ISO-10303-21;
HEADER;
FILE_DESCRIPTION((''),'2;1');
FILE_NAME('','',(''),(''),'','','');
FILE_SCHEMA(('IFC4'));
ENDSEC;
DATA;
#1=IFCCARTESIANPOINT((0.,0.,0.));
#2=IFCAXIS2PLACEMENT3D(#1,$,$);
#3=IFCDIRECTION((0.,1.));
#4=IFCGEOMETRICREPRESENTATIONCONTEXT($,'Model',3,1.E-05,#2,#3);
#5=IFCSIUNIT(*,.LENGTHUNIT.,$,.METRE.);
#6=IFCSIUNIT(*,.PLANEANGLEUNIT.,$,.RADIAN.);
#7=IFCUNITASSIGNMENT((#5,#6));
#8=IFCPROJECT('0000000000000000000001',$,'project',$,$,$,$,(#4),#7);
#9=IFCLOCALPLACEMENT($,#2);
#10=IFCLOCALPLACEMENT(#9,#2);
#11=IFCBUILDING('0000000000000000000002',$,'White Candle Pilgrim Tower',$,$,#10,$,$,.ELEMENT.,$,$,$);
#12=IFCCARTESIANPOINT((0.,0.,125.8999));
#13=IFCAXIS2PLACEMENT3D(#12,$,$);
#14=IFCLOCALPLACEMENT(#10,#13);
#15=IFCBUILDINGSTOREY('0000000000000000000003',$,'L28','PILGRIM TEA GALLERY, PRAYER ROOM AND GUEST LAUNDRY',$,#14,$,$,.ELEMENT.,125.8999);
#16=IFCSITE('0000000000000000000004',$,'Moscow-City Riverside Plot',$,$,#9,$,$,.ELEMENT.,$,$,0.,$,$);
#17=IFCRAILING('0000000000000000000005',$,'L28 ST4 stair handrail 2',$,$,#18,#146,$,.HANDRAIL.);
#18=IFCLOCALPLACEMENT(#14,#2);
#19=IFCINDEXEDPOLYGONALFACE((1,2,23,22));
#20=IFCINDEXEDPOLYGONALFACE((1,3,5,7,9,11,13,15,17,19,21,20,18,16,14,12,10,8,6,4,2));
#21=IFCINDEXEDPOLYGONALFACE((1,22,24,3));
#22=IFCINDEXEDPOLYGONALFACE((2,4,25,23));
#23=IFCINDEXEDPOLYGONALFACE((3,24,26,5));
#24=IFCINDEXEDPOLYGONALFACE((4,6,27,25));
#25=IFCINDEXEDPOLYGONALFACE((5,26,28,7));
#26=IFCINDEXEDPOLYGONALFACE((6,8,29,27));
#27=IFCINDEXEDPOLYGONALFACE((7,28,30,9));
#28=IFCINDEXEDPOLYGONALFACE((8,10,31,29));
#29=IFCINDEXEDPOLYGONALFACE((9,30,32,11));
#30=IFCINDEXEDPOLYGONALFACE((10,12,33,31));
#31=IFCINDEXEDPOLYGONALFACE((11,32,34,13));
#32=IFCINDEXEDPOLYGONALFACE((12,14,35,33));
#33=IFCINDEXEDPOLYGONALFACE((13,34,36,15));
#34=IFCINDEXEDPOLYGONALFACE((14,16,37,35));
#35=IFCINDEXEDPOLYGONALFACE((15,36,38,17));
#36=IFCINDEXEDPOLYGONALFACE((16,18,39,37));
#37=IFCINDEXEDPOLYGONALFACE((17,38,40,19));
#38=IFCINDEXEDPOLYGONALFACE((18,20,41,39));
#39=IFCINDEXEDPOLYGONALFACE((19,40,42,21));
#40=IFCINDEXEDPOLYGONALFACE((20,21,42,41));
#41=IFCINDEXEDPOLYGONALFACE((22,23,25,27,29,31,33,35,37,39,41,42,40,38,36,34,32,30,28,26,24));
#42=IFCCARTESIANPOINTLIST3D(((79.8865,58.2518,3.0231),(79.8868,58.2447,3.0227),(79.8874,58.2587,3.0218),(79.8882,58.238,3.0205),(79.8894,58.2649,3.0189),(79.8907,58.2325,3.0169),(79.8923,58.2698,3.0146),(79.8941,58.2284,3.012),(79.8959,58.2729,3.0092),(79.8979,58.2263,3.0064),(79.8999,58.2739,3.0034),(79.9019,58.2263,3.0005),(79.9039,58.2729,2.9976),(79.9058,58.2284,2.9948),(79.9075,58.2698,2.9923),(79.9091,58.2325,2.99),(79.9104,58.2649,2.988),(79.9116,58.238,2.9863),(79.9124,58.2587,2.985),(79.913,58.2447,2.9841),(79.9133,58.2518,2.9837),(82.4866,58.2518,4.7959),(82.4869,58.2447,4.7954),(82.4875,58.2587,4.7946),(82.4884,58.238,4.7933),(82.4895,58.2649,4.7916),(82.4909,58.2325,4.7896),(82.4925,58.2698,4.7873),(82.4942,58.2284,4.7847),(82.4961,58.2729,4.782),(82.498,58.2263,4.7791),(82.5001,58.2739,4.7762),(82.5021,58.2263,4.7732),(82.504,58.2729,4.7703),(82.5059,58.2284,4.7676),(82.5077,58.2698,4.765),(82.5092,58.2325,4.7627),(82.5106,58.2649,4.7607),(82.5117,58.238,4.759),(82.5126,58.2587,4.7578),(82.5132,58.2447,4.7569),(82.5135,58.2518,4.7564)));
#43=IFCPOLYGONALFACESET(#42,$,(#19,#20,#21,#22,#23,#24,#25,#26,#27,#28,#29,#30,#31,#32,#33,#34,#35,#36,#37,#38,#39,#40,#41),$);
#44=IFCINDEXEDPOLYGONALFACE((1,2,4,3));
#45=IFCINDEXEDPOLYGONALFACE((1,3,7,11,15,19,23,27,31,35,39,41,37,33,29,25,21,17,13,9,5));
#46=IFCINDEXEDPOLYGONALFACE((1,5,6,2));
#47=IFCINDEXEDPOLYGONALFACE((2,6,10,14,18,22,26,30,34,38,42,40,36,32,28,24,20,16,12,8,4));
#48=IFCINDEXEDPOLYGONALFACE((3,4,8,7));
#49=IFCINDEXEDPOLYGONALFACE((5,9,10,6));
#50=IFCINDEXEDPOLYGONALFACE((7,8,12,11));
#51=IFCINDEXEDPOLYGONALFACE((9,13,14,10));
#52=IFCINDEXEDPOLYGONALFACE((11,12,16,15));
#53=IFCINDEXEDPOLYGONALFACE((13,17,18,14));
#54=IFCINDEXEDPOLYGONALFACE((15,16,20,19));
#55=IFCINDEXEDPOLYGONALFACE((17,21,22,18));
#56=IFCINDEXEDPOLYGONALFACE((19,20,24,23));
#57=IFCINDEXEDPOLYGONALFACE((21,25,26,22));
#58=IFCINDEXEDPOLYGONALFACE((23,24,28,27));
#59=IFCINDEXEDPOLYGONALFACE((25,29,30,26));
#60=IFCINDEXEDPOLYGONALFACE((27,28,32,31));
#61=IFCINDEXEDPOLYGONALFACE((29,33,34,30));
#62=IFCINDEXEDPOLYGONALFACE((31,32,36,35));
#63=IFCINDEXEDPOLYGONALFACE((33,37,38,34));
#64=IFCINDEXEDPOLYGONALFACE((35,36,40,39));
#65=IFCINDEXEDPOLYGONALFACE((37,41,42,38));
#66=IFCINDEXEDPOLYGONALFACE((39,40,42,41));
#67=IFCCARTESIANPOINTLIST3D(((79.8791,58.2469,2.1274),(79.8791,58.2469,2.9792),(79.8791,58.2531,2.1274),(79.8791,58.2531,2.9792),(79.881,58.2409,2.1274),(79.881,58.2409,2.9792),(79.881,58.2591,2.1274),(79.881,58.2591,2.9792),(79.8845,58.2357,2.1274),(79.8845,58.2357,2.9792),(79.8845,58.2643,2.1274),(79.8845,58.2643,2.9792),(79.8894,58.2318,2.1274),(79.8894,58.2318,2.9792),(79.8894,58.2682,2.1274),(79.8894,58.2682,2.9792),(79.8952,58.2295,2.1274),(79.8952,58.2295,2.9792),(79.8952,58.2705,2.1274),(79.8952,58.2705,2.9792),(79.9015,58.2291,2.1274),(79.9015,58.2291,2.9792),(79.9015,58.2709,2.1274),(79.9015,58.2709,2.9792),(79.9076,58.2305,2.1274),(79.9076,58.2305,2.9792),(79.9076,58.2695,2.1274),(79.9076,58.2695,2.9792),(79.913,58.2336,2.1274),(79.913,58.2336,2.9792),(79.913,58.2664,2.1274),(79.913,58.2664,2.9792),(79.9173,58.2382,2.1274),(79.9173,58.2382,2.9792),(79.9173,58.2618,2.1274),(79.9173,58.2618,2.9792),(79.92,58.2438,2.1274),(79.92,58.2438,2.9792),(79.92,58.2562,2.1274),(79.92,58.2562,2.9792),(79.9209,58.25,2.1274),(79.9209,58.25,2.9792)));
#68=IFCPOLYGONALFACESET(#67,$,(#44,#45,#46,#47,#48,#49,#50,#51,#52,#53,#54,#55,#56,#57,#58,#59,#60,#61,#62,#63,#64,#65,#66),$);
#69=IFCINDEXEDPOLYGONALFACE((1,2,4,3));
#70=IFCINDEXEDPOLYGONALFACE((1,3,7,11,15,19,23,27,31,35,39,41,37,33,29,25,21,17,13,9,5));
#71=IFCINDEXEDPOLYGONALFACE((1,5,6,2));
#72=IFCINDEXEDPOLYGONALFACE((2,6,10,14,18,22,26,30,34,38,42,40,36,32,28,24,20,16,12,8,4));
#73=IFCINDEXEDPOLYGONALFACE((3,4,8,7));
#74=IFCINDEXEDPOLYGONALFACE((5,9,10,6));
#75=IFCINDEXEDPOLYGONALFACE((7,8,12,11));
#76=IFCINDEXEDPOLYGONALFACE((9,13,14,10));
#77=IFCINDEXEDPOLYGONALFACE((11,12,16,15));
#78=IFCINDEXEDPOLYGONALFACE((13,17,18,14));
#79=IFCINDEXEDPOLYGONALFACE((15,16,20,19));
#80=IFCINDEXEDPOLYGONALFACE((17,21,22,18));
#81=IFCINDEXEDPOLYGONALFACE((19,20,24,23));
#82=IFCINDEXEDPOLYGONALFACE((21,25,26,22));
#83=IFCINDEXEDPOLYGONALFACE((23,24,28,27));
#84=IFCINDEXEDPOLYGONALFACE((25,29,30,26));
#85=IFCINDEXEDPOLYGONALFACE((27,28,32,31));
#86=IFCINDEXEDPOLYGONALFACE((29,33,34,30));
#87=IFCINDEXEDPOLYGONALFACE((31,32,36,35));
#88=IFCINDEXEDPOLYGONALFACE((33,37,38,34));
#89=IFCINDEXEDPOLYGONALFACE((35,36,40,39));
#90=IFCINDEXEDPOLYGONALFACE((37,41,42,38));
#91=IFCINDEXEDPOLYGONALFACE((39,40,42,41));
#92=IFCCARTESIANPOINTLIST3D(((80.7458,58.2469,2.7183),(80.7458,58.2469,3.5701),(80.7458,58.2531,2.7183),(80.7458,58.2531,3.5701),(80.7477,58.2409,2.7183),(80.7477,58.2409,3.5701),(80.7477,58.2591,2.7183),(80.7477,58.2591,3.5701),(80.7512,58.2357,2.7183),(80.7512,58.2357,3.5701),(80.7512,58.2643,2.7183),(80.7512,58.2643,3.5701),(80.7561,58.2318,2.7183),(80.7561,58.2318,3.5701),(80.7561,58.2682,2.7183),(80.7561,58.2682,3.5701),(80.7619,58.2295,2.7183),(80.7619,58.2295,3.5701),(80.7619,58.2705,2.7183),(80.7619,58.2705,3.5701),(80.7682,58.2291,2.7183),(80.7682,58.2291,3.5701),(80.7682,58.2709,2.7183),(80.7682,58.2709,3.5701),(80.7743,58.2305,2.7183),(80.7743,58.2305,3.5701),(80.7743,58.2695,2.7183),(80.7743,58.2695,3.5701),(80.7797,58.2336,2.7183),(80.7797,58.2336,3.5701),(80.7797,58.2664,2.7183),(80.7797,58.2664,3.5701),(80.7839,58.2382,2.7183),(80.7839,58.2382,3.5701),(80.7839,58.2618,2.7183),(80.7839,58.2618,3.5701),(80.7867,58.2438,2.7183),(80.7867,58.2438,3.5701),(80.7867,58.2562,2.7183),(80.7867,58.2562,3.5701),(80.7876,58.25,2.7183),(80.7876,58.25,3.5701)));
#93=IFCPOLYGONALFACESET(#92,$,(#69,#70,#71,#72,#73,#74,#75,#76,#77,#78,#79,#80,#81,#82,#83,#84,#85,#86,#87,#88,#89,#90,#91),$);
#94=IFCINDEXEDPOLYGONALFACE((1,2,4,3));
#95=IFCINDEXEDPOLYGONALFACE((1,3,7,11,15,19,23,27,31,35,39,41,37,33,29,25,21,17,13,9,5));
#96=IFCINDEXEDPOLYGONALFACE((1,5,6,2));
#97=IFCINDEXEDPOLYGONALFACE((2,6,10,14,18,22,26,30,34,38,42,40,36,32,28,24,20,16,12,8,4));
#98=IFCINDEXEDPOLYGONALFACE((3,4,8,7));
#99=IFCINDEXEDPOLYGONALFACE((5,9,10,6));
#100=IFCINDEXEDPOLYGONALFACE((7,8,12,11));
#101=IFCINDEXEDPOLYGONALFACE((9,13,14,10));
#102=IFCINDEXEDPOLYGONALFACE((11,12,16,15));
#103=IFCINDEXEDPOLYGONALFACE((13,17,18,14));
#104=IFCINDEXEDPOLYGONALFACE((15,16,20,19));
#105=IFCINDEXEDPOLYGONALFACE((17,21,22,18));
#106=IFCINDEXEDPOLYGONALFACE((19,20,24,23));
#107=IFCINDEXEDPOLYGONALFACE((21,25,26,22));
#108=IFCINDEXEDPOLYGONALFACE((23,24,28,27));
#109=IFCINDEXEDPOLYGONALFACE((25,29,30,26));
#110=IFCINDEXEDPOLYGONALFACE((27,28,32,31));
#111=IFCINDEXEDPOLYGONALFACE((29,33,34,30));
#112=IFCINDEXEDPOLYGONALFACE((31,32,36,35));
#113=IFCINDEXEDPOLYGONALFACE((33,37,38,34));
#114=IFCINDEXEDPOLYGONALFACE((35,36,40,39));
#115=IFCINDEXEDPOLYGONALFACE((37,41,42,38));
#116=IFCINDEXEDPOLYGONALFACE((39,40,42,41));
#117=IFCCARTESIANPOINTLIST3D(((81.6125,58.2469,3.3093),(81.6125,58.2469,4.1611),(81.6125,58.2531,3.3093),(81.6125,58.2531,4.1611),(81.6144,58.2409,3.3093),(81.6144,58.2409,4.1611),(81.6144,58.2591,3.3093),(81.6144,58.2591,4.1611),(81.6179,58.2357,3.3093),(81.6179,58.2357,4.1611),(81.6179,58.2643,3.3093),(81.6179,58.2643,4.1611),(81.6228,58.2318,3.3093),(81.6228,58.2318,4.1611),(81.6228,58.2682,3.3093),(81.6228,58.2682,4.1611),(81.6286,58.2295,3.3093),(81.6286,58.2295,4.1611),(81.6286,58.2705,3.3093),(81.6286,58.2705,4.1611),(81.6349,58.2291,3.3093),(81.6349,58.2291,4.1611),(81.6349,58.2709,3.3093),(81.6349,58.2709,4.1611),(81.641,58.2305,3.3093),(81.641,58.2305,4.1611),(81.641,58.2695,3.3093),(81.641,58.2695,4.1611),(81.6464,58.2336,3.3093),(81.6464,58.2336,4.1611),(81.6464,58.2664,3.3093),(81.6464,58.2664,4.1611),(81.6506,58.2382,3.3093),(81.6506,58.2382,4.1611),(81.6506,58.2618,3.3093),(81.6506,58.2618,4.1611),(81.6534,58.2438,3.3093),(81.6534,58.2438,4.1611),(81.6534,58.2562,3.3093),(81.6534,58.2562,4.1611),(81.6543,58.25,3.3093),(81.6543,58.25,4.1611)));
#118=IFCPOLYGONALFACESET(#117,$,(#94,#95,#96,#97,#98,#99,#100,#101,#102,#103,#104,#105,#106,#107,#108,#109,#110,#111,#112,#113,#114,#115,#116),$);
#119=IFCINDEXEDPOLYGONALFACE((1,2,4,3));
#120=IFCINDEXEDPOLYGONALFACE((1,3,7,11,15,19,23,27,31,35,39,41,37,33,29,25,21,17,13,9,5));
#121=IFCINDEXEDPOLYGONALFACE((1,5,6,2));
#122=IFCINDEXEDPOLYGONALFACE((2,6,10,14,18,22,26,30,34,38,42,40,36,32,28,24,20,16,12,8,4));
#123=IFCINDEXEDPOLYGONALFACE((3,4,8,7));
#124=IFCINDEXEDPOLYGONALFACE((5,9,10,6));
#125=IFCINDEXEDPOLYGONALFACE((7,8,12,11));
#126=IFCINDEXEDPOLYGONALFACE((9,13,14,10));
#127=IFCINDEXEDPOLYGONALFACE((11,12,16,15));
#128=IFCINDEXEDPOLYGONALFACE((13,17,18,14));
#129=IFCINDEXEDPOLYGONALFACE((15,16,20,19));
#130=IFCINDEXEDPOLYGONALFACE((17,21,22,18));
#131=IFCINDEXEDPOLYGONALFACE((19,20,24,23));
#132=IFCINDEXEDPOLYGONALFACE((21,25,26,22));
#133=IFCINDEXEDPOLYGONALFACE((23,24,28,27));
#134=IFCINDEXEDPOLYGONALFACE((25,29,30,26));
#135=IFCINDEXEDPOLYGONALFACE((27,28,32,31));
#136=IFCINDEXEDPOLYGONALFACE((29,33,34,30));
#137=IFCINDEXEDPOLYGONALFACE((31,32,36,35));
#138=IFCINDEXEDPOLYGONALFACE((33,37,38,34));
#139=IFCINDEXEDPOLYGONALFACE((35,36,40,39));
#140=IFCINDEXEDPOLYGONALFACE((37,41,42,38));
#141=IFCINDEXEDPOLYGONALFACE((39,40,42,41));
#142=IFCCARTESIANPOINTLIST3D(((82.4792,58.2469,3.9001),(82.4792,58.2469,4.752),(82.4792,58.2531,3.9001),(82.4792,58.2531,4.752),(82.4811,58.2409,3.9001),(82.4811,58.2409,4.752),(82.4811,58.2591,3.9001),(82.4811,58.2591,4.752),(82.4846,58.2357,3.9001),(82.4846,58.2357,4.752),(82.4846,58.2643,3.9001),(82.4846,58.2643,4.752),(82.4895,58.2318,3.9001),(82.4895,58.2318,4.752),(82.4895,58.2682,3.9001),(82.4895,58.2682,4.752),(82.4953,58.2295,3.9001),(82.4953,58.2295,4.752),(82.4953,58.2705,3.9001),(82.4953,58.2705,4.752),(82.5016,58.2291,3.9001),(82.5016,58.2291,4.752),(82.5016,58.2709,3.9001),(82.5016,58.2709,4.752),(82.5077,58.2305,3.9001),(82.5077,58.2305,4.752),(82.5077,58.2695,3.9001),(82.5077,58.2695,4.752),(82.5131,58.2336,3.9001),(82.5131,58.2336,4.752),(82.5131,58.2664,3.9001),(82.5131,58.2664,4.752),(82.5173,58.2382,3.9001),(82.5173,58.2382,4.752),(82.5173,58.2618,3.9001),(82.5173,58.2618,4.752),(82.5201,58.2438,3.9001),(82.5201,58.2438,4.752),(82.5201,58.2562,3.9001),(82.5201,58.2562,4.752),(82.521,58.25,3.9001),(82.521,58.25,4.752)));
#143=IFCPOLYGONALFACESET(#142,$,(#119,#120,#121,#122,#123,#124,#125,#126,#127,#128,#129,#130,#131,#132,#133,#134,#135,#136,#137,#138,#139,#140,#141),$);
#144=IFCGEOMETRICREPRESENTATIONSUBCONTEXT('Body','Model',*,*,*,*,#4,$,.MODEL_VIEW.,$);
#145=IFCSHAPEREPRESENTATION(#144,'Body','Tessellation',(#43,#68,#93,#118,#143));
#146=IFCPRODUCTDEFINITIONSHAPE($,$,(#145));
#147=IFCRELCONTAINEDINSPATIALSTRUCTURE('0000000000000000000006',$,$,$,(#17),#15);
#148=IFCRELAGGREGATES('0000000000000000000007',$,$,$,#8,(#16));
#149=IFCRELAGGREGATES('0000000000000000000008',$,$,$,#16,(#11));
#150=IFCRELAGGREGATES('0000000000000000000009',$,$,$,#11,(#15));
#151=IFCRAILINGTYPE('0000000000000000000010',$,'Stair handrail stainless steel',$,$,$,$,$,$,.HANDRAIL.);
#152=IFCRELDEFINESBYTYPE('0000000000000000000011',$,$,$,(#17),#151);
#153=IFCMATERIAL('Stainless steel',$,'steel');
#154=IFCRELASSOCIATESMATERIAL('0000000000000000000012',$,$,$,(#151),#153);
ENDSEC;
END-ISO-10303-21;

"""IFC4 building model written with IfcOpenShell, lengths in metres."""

from ifc_helpers import new_model, si_unit, direction, frame, origin, origin_2d, place, context, subcontext, project, spatial, circle, extrude, material, type_object, element, save


model = new_model("IFC4")

# Units and contexts
model_context = context("Model", 3, precision=1e-05, world=origin(), true_north=direction((0.0, 1.0)))
body_context = subcontext(model_context, "Body", "Model", "MODEL_VIEW")
ifc_project = project(units=[si_unit("LENGTHUNIT", "METRE"), si_unit("PLANEANGLEUNIT", "RADIAN")], contexts=[model_context])

# Site, building, storey
site_placement = place(None, origin())
site = spatial("IfcSite", under=ifc_project, at=site_placement, Name="Moscow-City Riverside Plot", CompositionType="ELEMENT", RefElevation=0.0)
building_placement = place(site_placement, origin())
building = spatial("IfcBuilding", under=site, at=building_placement, Name="White Candle Pilgrim Tower", CompositionType="ELEMENT")
storey_placement = place(building_placement, frame((0.0, 0.0, 125.8999)))
storey = spatial("IfcBuildingStorey", under=building, at=storey_placement, Name="L28", Description="PILGRIM TEA GALLERY, PRAYER ROOM AND GUEST LAUNDRY", CompositionType="ELEMENT", Elevation=125.8999)

# Railing
ifc_material_1 = material(Name="Stainless steel", Category="steel")
railing_type_1 = type_object("IfcRailingType", Name="Stair handrail stainless steel", PredefinedType="HANDRAIL", material=ifc_material_1)
railing_1_placement = place(storey_placement, frame((79.8999, 58.25, 2.1274)))
element("IfcRailing", 1, at=railing_1_placement, inside=storey, type_object=railing_type_1, Name="L28 ST4 stair handrail 2", PredefinedType="HANDRAIL", context=body_context, shape_type="SweptSolid", body=[
    extrude(circle(Radius=0.0239, at=origin_2d()), frame((0.0, 0.0, 0.876), z_axis=(0.82624, 0.0, 0.563318), x_axis=(0.0, 1.0, 0.0)), (0.0, 0.0, 1.0), 3.147),
    extrude(circle(Radius=0.021, at=origin_2d()), origin(), (0.0, 0.0, 1.0), 0.8518),
    extrude(circle(Radius=0.021, at=origin_2d()), frame((0.8667, 0.0, 0.5908)), (0.0, 0.0, 1.0), 0.8518),
    extrude(circle(Radius=0.021, at=origin_2d()), frame((1.7334, 0.0, 1.1819)), (0.0, 0.0, 1.0), 0.8518),
    extrude(circle(Radius=0.021, at=origin_2d()), frame((2.6001, 0.0, 1.7727)), (0.0, 0.0, 1.0), 0.8518),
])

save(model, "model.ifc")
